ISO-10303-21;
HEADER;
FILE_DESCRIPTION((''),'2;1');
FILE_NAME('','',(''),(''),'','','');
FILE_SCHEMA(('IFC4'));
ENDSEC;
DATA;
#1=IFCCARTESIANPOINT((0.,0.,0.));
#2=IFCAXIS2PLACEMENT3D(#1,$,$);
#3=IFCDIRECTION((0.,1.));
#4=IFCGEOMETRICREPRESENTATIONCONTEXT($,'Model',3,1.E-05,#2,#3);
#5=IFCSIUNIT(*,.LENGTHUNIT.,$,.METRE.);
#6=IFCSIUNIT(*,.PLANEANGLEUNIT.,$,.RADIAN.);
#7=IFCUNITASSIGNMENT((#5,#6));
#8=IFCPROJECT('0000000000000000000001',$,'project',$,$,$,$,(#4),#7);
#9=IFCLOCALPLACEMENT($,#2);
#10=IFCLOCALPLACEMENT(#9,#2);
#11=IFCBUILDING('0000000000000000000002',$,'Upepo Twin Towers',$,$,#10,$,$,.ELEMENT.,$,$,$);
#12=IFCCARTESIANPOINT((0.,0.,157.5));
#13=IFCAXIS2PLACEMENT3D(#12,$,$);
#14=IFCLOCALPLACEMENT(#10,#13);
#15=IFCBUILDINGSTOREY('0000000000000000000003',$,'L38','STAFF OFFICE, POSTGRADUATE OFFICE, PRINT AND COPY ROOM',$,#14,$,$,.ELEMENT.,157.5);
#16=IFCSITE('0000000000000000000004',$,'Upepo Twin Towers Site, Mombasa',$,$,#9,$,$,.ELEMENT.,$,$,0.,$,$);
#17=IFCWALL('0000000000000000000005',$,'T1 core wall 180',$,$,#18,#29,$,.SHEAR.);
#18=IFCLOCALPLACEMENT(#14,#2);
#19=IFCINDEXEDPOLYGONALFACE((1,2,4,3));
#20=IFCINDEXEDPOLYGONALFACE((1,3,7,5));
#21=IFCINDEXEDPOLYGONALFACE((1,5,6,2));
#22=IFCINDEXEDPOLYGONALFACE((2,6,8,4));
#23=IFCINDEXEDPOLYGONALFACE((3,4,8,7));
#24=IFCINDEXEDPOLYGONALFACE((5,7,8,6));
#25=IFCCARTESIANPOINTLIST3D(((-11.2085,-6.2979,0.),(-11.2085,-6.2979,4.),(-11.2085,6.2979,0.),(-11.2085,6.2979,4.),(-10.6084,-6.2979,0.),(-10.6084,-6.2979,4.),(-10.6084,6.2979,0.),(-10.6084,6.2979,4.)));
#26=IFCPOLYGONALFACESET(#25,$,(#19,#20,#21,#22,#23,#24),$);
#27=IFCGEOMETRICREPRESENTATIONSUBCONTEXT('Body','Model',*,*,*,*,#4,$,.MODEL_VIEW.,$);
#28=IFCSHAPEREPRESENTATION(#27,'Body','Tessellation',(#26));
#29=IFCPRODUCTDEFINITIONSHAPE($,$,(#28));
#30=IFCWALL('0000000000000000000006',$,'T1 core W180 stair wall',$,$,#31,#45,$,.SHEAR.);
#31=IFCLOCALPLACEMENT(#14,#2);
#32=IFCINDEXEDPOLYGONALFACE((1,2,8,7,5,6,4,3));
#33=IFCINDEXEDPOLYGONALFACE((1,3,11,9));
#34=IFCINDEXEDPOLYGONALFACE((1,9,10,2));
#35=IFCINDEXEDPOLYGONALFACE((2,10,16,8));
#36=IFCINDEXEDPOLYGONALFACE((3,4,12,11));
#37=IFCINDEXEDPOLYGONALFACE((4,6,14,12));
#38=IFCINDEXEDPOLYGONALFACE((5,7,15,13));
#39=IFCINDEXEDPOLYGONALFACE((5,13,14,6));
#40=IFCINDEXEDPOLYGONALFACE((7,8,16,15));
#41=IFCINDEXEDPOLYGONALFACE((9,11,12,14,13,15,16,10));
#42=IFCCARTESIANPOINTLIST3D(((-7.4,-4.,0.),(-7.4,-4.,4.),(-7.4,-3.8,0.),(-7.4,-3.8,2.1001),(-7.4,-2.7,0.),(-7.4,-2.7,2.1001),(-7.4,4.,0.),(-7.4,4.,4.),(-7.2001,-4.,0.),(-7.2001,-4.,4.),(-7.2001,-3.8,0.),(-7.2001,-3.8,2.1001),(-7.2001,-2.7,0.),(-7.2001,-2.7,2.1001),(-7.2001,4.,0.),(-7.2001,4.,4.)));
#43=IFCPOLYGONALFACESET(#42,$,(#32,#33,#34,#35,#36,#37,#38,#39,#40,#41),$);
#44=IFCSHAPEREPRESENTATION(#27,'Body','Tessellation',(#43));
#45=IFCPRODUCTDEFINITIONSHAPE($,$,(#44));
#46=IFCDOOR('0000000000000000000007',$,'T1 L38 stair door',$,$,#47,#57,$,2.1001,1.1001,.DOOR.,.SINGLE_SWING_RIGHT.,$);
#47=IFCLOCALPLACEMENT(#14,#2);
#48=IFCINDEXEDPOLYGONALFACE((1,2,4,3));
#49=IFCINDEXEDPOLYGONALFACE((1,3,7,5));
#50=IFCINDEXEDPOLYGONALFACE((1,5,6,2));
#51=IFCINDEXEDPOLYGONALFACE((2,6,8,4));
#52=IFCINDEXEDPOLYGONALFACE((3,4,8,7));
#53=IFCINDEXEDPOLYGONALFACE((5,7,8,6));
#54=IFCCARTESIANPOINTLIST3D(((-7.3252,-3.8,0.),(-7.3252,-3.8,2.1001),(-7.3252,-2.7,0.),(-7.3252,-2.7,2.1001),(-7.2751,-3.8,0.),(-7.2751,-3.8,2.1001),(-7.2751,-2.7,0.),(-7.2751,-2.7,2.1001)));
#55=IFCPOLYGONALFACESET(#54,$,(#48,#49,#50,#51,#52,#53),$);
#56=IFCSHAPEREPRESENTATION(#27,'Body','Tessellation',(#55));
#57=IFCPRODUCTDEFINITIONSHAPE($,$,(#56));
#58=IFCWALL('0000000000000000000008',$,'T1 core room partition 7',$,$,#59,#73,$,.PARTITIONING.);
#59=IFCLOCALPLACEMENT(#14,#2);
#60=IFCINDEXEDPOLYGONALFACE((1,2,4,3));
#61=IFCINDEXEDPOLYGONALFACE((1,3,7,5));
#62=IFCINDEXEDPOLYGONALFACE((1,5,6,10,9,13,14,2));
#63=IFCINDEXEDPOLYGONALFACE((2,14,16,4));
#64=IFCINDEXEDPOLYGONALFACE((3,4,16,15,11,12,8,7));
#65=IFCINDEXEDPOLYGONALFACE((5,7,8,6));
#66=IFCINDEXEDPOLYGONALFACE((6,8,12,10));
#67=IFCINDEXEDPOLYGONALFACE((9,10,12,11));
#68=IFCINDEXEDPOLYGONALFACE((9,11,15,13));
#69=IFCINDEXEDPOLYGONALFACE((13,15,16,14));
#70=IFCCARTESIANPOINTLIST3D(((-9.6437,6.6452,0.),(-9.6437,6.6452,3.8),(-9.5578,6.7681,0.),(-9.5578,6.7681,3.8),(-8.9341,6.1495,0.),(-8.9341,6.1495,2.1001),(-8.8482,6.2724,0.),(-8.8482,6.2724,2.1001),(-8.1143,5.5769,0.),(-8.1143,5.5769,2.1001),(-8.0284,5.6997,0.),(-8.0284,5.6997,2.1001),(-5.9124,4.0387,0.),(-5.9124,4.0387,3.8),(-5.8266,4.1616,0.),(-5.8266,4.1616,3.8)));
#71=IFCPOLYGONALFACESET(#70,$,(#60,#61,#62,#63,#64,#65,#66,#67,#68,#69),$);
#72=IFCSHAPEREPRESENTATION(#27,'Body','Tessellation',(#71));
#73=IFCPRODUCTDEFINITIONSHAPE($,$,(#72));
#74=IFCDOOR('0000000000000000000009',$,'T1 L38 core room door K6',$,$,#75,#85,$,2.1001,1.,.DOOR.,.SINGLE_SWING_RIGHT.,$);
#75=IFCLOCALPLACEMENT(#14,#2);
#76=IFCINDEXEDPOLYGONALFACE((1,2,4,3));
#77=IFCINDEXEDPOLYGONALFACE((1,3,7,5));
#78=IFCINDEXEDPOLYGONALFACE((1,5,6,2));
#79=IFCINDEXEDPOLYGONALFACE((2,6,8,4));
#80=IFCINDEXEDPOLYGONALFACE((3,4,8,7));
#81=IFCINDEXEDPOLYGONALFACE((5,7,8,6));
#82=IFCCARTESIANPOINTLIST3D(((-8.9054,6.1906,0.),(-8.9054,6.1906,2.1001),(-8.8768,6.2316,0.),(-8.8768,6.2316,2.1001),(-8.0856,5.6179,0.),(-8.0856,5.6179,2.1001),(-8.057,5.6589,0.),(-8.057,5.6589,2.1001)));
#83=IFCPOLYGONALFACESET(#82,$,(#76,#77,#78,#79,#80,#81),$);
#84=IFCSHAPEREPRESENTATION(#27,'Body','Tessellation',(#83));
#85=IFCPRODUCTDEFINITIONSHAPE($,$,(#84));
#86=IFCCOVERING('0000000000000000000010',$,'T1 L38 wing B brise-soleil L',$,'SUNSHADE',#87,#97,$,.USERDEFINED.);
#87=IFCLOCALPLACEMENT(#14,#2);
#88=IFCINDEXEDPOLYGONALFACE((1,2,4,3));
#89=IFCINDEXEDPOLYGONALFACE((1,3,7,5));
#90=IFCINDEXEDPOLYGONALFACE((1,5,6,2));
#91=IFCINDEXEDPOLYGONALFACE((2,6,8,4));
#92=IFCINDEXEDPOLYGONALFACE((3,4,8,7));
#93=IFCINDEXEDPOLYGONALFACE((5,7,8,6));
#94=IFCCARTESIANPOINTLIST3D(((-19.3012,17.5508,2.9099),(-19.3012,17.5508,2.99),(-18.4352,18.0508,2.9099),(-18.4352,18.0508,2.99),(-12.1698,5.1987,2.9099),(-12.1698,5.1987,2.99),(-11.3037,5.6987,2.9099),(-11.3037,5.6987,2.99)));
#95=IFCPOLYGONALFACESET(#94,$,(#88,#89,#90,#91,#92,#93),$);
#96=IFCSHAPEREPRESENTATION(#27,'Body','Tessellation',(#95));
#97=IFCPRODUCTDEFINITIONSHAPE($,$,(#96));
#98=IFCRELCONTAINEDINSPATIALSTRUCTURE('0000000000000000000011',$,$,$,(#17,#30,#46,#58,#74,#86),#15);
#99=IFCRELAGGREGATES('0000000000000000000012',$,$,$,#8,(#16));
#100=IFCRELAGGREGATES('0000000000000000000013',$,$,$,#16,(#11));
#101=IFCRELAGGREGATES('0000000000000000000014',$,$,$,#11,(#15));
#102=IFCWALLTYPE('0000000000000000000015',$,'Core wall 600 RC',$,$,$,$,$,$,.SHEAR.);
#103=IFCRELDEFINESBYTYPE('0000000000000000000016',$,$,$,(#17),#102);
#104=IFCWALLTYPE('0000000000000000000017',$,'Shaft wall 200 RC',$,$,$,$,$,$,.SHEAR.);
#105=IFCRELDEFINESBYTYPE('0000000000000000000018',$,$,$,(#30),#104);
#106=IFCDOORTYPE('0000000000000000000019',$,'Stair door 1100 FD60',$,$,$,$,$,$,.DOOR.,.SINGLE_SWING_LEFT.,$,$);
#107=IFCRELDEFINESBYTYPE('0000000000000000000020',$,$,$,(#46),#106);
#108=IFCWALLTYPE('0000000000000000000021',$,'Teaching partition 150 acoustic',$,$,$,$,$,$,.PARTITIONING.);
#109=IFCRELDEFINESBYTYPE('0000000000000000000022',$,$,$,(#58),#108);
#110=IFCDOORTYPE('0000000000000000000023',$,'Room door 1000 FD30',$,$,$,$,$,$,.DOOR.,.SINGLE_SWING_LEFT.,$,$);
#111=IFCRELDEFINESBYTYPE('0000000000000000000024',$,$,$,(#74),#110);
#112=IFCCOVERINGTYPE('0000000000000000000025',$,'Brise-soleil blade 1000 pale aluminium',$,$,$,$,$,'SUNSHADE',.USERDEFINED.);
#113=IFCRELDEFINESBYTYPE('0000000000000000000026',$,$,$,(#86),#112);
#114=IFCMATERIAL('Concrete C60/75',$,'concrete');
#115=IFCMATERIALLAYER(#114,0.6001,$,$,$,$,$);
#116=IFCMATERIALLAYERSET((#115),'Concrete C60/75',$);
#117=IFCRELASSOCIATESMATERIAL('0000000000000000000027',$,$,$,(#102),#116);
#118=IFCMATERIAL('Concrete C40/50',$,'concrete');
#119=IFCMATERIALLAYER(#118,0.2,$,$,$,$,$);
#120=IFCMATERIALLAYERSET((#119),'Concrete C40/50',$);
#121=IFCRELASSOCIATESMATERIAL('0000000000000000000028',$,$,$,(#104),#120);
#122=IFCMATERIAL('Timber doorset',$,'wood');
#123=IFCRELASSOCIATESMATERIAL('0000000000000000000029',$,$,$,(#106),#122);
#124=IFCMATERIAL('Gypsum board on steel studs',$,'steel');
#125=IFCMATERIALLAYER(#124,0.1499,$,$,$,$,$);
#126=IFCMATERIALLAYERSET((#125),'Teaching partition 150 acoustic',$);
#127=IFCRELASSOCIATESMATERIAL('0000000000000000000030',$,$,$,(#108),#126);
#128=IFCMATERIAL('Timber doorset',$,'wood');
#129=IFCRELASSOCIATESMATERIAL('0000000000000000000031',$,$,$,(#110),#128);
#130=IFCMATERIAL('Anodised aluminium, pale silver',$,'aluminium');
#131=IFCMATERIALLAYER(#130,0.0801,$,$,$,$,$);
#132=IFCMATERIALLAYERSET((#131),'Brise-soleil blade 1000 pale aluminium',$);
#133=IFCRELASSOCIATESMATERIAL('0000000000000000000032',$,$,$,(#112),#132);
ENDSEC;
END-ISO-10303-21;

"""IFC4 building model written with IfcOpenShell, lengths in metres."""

from ifc_helpers import new_model, si_unit, direction, frame, frame_2d, origin, origin_2d, place, context, subcontext, project, spatial, rectangle, extrude, material, layer, layer_set, type_object, element, fill, save


model = new_model("IFC4")

# Units and contexts
model_context = context("Model", 3, precision=1e-05, world=origin(), true_north=direction((0.0, 1.0)))
body_context = subcontext(model_context, "Body", "Model", "MODEL_VIEW")
ifc_project = project(units=[si_unit("LENGTHUNIT", "METRE"), si_unit("PLANEANGLEUNIT", "RADIAN")], contexts=[model_context])

# Site, building, storey
site_placement = place(None, origin())
site = spatial("IfcSite", under=ifc_project, at=site_placement, Name="Upepo Twin Towers Site, Mombasa", CompositionType="ELEMENT", RefElevation=0.0)
building_placement = place(site_placement, origin())
building = spatial("IfcBuilding", under=site, at=building_placement, Name="Upepo Twin Towers", CompositionType="ELEMENT")
storey_placement = place(building_placement, frame((0.0, 0.0, 157.5)))
storey = spatial("IfcBuildingStorey", under=building, at=storey_placement, Name="L38", Description="STAFF OFFICE, POSTGRADUATE OFFICE, PRINT AND COPY ROOM", CompositionType="ELEMENT", Elevation=157.5)

# Wall
ifc_material_1 = material(Name="Concrete C60/75", Category="concrete")
ifc_layer_1 = layer(ifc_material_1, 0.6001)
ifc_layer_set_1 = layer_set([ifc_layer_1], Name="Concrete C60/75")
wall_type_1 = type_object("IfcWallType", Name="Core wall 600 RC", PredefinedType="SHEAR", material=ifc_layer_set_1)
wall_1_placement = place(storey_placement, frame((-10.9084, 6.2979, 0.0), z_axis=(0.0, 0.0, 1.0), x_axis=(0.0, -1.0, 0.0)))
element("IfcWall", 1, at=wall_1_placement, inside=storey, type_object=wall_type_1, Name="T1 core wall 180", PredefinedType="SHEAR", context=body_context, shape_type="SweptSolid", body=[
    extrude(rectangle(XDim=12.5957, YDim=0.6001, at=frame_2d((6.2979, 0.0))), origin(), (0.0, 0.0, 1.0), 4.0),
])

# Walls, openings, doors
ifc_material_2 = material(Name="Concrete C40/50", Category="concrete")
ifc_layer_2 = layer(ifc_material_2, 0.2)
ifc_layer_set_2 = layer_set([ifc_layer_2], Name="Concrete C40/50")
wall_type_2 = type_object("IfcWallType", Name="Shaft wall 200 RC", PredefinedType="SHEAR", material=ifc_layer_set_2)
wall_2_placement = place(storey_placement, frame((-7.3, 4.0, 0.0), z_axis=(0.0, 0.0, 1.0), x_axis=(0.0, -1.0, 0.0)))
wall_2 = element("IfcWall", 2, at=wall_2_placement, inside=storey, type_object=wall_type_2, Name="T1 core W180 stair wall", PredefinedType="SHEAR", context=body_context, shape_type="SweptSolid", body=[
    extrude(rectangle(XDim=8.0, YDim=0.2, at=frame_2d((4.0, 0.0))), origin(), (0.0, 0.0, 1.0), 4.0),
])
opening_1_placement = place(wall_2_placement, frame((6.7, 0.0, 0.0)))
opening_1 = element("IfcOpeningElement", 3, at=opening_1_placement, cuts=wall_2, PredefinedType="OPENING", context=body_context, shape_type="SweptSolid", body=[
    extrude(rectangle(XDim=1.1001, YDim=2.1001, at=frame_2d((0.55, 1.05))), frame((0.0, 0.1099, 0.0), z_axis=(0.0, -1.0, 0.0), x_axis=(1.0, 0.0, 0.0)), (0.0, 0.0, 1.0), 0.22),
])
ifc_material_3 = material(Name="Timber doorset", Category="wood")
door_type_1 = type_object("IfcDoorType", Name="Stair door 1100 FD60", OperationType="SINGLE_SWING_LEFT", PredefinedType="DOOR", material=ifc_material_3)
door_1_placement = place(opening_1_placement, origin())
door_1 = element("IfcDoor", 4, at=door_1_placement, inside=storey, type_object=door_type_1, Name="T1 L38 stair door", OperationType="SINGLE_SWING_RIGHT", OverallHeight=2.1001, OverallWidth=1.1001, PredefinedType="DOOR", context=body_context, shape_type="SweptSolid", body=[
    extrude(rectangle(XDim=1.1001, YDim=2.1001, at=frame_2d((0.55, 1.05))), frame((0.0, 0.0249, 0.0), z_axis=(0.0, -1.0, 0.0), x_axis=(1.0, 0.0, 0.0)), (0.0, 0.0, 1.0), 0.05),
])
fill(opening_1, door_1)
ifc_material_4 = material(Name="Gypsum board on steel studs", Category="steel")
ifc_layer_3 = layer(ifc_material_4, 0.1499)
ifc_layer_set_3 = layer_set([ifc_layer_3], Name="Teaching partition 150 acoustic")
wall_type_3 = type_object("IfcWallType", Name="Teaching partition 150 acoustic", PredefinedType="PARTITIONING", material=ifc_layer_set_3)
wall_3_placement = place(storey_placement, frame((-5.8694, 4.1001, 0.0), z_axis=(0.0, 0.0, 1.0), x_axis=(-0.819788, 0.572666, 0.0)))
wall_3 = element("IfcWall", 5, at=wall_3_placement, inside=storey, type_object=wall_type_3, Name="T1 core room partition 7", PredefinedType="PARTITIONING", context=body_context, shape_type="SweptSolid", body=[
    extrude(rectangle(XDim=4.5515, YDim=0.1499, at=frame_2d((2.2759, 0.0))), origin(), (0.0, 0.0, 1.0), 3.8),
])
opening_2_placement = place(wall_3_placement, frame((2.686, 0.0, 0.0)))
opening_2 = element("IfcOpeningElement", 6, at=opening_2_placement, cuts=wall_3, PredefinedType="OPENING", context=body_context, shape_type="SweptSolid", body=[
    extrude(rectangle(XDim=1.0, YDim=2.1001, at=frame_2d((0.5, 1.05))), frame((0.0, 0.085, 0.0), z_axis=(0.0, -1.0, 0.0), x_axis=(1.0, 0.0, 0.0)), (0.0, 0.0, 1.0), 0.1699),
])
ifc_material_5 = material(Name="Timber doorset", Category="wood")
door_type_2 = type_object("IfcDoorType", Name="Room door 1000 FD30", OperationType="SINGLE_SWING_LEFT", PredefinedType="DOOR", material=ifc_material_5)
door_2_placement = place(opening_2_placement, origin())
door_2 = element("IfcDoor", 7, at=door_2_placement, inside=storey, type_object=door_type_2, Name="T1 L38 core room door K6", OperationType="SINGLE_SWING_RIGHT", OverallHeight=2.1001, OverallWidth=1.0, PredefinedType="DOOR", context=body_context, shape_type="SweptSolid", body=[
    extrude(rectangle(XDim=1.0, YDim=2.1001, at=frame_2d((0.5, 1.05))), frame((0.0, 0.0249, 0.0), z_axis=(0.0, -1.0, 0.0), x_axis=(1.0, 0.0, 0.0)), (0.0, 0.0, 1.0), 0.05),
])
fill(opening_2, door_2)

# Covering
ifc_material_6 = material(Name="Anodised aluminium, pale silver", Category="aluminium")
ifc_layer_4 = layer(ifc_material_6, 0.0801)
ifc_layer_set_4 = layer_set([ifc_layer_4], Name="Brise-soleil blade 1000 pale aluminium")
covering_type = type_object("IfcCoveringType", Name="Brise-soleil blade 1000 pale aluminium", ElementType="SUNSHADE", PredefinedType="USERDEFINED", material=ifc_layer_set_4)
covering_placement = place(storey_placement, frame((-15.3025, 11.6248, 2.9099), z_axis=(0.0, 0.0, 1.0), x_axis=(-0.5, 0.866025, 0.0)))
element("IfcCovering", 8, at=covering_placement, inside=storey, type_object=covering_type, Name="T1 L38 wing B brise-soleil L", ObjectType="SUNSHADE", PredefinedType="USERDEFINED", context=body_context, shape_type="SweptSolid", body=[
    extrude(rectangle(XDim=14.2629, YDim=1.0, at=origin_2d()), origin(), (0.0, 0.0, 1.0), 0.0801),
])

save(model, "model.ifc")
